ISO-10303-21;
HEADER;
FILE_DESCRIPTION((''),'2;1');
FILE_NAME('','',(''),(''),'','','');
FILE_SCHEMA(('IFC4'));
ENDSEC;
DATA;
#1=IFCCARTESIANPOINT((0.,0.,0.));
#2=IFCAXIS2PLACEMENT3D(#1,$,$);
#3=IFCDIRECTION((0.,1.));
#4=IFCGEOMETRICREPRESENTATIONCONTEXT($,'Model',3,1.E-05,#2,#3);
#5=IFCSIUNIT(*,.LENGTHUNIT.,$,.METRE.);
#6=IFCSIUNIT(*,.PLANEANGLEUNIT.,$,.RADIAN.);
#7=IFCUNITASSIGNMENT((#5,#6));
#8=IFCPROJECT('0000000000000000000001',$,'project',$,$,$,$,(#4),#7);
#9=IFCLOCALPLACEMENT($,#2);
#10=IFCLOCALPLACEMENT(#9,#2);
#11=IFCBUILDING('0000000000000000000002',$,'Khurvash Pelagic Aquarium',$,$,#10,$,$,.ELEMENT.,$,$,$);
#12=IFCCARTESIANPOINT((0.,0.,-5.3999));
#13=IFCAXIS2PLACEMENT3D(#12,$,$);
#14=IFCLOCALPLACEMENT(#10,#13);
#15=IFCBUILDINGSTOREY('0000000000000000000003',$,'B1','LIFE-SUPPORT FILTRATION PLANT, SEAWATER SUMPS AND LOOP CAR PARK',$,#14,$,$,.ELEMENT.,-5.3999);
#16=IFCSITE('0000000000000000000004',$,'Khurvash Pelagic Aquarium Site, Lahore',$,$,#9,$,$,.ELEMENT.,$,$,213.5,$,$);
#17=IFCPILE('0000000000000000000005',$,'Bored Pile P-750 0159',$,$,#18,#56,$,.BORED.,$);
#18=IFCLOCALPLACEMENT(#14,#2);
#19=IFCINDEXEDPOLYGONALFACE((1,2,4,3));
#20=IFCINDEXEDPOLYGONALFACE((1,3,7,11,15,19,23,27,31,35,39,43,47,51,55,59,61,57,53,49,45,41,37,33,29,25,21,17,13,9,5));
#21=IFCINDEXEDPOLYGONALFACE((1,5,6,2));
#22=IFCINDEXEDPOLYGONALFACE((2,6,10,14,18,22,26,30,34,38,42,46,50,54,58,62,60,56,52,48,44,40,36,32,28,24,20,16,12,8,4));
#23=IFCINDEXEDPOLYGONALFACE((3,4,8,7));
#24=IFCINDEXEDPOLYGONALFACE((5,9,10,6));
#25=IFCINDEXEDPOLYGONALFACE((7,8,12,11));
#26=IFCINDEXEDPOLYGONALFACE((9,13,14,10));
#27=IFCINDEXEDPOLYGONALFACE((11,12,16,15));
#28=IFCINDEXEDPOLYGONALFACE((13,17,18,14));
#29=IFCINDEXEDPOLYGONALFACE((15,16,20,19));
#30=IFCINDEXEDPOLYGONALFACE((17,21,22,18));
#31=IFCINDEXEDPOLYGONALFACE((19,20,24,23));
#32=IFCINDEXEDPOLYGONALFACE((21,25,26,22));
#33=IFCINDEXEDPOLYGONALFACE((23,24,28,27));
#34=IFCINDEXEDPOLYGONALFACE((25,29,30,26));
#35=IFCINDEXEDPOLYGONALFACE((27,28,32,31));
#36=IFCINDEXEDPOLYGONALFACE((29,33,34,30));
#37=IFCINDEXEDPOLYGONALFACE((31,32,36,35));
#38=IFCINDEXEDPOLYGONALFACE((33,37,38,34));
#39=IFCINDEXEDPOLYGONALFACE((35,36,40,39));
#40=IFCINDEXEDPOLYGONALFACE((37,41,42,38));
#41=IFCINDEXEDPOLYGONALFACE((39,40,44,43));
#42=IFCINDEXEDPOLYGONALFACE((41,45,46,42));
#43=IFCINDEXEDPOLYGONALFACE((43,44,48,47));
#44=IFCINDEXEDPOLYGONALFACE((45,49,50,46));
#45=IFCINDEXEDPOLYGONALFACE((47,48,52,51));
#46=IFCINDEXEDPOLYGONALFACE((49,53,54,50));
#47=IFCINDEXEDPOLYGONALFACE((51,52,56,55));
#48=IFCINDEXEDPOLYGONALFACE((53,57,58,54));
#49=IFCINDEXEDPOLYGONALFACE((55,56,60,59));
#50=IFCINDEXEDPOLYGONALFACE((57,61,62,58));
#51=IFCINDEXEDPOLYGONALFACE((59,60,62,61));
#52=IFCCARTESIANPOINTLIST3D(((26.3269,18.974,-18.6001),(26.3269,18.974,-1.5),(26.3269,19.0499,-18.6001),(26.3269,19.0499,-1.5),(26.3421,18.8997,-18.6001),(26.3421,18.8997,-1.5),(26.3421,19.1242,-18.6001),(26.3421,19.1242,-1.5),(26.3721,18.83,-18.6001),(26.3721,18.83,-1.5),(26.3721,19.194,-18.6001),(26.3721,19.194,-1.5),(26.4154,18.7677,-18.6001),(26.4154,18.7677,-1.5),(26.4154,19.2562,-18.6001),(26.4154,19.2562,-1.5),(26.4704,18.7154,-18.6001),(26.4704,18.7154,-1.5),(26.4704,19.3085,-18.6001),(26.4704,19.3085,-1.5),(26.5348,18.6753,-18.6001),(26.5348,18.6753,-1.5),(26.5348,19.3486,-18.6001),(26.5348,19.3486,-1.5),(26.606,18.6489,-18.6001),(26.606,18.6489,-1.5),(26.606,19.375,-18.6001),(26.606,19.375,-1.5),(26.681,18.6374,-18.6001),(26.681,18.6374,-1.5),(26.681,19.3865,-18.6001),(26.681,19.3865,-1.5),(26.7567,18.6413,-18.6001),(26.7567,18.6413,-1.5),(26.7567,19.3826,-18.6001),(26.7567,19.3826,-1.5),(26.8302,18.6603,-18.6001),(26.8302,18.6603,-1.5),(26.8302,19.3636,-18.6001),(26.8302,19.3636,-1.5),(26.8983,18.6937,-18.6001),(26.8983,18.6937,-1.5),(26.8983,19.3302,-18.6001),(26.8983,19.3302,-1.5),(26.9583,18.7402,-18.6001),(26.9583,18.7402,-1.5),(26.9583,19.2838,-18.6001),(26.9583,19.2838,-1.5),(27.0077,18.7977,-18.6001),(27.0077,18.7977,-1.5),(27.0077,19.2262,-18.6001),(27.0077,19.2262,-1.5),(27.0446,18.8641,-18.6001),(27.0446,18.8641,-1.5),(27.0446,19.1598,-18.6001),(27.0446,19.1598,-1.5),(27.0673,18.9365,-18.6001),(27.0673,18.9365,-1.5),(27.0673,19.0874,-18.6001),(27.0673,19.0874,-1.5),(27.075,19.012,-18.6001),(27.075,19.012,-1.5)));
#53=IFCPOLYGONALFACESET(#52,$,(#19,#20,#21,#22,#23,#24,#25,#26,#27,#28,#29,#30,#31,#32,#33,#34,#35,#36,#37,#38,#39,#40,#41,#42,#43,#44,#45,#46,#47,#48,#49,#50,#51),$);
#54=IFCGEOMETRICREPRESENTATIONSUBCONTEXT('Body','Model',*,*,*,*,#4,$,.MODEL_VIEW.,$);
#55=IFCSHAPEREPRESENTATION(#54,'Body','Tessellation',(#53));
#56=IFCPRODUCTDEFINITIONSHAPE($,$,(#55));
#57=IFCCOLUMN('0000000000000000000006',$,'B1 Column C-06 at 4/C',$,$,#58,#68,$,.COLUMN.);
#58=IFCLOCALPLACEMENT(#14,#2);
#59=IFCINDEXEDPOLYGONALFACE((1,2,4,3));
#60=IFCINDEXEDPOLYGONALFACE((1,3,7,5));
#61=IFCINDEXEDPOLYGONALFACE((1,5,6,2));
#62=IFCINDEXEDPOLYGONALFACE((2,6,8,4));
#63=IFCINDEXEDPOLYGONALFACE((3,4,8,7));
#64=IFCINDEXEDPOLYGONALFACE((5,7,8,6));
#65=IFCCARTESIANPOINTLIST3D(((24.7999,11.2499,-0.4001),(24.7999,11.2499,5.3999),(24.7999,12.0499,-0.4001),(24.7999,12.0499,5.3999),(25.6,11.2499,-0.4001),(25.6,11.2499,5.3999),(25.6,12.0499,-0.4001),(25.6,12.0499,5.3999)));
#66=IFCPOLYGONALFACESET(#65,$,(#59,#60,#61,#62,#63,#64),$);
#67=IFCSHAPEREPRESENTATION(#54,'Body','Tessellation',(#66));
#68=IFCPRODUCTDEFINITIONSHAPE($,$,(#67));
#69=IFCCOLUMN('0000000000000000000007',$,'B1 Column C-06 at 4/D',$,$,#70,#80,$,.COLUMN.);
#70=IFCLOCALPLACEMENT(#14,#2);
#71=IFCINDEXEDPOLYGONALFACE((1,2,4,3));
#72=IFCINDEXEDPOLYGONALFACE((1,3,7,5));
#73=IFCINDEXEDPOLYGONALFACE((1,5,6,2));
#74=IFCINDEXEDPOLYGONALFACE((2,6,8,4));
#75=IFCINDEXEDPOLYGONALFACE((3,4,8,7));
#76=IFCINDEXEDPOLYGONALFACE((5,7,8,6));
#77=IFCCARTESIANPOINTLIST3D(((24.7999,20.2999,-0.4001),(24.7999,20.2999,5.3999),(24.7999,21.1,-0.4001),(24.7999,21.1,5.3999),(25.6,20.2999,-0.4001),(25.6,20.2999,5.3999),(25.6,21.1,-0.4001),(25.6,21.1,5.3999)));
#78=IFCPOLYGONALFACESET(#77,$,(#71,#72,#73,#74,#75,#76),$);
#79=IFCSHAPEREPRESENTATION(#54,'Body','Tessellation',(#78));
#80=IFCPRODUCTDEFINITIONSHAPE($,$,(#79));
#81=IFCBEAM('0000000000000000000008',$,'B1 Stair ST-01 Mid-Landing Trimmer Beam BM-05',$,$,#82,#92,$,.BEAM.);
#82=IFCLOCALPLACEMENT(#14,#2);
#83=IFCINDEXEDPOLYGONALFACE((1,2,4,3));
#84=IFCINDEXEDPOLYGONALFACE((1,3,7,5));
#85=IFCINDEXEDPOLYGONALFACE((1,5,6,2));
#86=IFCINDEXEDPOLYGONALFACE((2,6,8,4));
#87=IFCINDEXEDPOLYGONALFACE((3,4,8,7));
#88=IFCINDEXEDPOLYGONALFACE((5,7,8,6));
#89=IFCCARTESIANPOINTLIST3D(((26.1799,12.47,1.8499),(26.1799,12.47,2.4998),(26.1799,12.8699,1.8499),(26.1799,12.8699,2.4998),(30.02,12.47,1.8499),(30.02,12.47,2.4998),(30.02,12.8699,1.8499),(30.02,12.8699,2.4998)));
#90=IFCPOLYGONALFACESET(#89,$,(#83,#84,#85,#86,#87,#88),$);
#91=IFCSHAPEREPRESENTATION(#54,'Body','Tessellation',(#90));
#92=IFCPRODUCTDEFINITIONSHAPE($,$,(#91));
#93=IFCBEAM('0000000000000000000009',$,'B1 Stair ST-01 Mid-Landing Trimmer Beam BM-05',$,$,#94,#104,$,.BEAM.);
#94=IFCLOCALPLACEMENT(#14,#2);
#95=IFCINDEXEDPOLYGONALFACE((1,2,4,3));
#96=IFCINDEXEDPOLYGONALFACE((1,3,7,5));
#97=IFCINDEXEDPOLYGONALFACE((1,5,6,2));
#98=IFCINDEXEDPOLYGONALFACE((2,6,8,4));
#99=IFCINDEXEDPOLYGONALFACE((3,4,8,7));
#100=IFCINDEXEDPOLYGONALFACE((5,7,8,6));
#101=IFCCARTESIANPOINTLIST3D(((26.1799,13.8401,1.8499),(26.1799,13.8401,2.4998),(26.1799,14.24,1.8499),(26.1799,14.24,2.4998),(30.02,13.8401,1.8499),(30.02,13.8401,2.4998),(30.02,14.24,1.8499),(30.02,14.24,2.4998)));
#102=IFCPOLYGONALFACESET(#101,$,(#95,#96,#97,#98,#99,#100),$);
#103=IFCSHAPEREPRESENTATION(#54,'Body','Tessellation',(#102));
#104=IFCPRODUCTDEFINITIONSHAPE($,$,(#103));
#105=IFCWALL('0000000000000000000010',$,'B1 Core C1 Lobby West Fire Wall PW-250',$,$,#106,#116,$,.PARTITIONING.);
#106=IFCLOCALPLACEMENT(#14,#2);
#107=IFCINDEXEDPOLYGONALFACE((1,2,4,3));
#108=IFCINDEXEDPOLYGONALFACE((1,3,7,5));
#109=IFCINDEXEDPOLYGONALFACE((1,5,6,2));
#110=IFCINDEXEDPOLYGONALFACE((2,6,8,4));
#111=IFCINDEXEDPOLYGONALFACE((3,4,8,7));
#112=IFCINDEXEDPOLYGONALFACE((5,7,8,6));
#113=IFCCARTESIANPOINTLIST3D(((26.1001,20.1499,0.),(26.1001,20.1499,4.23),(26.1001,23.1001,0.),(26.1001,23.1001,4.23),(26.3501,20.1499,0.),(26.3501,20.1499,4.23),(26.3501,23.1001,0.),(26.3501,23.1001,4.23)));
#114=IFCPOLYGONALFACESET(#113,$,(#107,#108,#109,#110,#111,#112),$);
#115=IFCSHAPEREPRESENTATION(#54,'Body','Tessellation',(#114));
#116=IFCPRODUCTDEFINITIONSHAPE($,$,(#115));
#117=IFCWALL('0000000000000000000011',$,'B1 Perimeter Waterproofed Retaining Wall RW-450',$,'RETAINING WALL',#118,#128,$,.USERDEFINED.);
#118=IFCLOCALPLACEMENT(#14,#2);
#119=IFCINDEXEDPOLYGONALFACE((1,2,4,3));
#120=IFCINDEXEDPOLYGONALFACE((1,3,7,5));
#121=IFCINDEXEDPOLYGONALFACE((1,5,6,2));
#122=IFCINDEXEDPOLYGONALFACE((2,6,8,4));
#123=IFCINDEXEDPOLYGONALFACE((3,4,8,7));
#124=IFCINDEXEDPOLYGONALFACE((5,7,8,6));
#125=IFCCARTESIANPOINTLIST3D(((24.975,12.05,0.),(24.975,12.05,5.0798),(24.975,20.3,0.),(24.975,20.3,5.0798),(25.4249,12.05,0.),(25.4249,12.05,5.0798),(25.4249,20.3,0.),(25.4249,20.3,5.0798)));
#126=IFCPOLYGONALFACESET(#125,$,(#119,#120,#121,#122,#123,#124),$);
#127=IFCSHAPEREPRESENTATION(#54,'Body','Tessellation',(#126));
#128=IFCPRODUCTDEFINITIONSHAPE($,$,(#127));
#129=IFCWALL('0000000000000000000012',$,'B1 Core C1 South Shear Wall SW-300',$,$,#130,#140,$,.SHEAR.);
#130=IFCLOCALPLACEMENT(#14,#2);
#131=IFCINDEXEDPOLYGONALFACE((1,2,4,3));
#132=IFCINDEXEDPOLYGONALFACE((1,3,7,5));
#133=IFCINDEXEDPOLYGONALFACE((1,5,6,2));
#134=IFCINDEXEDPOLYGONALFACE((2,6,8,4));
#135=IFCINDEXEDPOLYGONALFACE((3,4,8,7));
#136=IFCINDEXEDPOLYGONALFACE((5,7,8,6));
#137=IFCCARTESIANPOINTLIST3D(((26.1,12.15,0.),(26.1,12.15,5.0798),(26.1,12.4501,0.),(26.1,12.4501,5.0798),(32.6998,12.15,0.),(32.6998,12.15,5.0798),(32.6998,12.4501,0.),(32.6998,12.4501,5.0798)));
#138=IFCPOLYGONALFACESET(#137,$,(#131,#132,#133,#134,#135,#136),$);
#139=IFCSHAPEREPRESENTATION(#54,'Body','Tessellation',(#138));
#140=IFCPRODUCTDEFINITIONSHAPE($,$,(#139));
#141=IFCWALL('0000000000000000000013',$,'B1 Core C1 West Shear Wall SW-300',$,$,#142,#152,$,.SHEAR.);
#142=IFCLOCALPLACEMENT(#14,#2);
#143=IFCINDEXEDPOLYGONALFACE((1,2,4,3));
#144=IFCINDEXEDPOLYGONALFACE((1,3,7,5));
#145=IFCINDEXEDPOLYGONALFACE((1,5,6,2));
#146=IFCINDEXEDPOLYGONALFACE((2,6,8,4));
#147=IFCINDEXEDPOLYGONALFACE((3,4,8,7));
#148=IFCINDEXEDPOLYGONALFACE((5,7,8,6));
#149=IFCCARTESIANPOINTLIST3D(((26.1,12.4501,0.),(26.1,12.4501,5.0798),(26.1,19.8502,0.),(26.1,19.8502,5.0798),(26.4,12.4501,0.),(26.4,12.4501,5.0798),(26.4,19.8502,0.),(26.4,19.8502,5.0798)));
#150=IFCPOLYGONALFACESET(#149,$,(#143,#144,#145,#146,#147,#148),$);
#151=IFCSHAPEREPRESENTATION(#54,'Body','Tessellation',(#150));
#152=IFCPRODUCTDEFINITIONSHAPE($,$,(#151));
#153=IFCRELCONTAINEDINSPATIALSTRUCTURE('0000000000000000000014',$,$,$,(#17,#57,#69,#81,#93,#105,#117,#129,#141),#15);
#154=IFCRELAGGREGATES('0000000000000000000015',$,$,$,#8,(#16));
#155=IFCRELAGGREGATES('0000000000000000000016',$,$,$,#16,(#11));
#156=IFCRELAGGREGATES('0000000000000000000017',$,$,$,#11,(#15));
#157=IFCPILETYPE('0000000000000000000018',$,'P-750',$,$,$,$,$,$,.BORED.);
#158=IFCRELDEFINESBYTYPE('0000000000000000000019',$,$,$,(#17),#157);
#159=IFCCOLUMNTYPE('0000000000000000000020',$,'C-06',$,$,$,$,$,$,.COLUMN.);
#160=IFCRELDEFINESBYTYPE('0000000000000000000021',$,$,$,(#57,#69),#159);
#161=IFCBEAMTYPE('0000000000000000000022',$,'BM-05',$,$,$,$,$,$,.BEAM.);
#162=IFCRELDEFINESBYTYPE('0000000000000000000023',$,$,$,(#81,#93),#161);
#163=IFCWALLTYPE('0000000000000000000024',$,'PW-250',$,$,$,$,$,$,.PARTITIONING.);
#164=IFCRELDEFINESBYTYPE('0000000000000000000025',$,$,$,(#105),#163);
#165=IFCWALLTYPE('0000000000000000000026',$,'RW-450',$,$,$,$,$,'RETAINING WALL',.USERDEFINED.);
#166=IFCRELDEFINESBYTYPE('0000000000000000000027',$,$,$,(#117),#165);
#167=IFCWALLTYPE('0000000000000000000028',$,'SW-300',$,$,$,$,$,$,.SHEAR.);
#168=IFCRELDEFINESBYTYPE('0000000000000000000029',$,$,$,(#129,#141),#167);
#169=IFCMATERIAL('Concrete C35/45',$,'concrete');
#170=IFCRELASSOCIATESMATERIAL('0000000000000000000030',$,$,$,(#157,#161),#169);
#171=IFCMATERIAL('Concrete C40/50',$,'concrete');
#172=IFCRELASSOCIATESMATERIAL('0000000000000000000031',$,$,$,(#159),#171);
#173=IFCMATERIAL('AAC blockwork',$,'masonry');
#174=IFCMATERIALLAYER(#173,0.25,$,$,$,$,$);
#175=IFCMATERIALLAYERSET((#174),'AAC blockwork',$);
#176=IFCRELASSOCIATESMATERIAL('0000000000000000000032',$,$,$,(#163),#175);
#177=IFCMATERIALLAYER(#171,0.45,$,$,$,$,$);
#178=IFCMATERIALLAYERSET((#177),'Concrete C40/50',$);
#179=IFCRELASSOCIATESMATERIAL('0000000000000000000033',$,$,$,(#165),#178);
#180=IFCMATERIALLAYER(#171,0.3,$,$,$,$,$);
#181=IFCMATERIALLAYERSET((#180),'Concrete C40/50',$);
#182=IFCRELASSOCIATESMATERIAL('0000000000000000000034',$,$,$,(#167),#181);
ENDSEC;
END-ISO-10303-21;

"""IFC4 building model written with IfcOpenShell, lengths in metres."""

from ifc_helpers import new_model, si_unit, direction, frame, frame_2d, origin, origin_2d, place, context, subcontext, project, spatial, rectangle, circle, extrude, material, layer, layer_set, material_profile, profile_set, type_object, element, save


model = new_model("IFC4")

# Units and contexts
model_context = context("Model", 3, precision=1e-05, world=origin(), true_north=direction((0.0, 1.0)))
body_context = subcontext(model_context, "Body", "Model", "MODEL_VIEW")
ifc_project = project(units=[si_unit("LENGTHUNIT", "METRE"), si_unit("PLANEANGLEUNIT", "RADIAN")], contexts=[model_context])

# Site, building, storey
site_placement = place(None, origin())
site = spatial("IfcSite", under=ifc_project, at=site_placement, Name="Khurvash Pelagic Aquarium Site, Lahore", CompositionType="ELEMENT", RefElevation=213.5)
building_placement = place(site_placement, origin())
building = spatial("IfcBuilding", under=site, at=building_placement, Name="Khurvash Pelagic Aquarium", CompositionType="ELEMENT")
storey_placement = place(building_placement, frame((0.0, 0.0, -5.3999)))
storey = spatial("IfcBuildingStorey", under=building, at=storey_placement, Name="B1", Description="LIFE-SUPPORT FILTRATION PLANT, SEAWATER SUMPS AND LOOP CAR PARK", CompositionType="ELEMENT", Elevation=-5.3999)

# Pile
ifc_material_1 = material(Name="Concrete C35/45", Category="concrete")
ifc_material_profile_1 = material_profile(ifc_material_1, circle(Radius=0.375, at=origin_2d()), Name="PILE750")
ifc_profile_set_1 = profile_set([ifc_material_profile_1], Name="Concrete C35/45")
pile_type = type_object("IfcPileType", Name="P-750", PredefinedType="BORED", material=ifc_profile_set_1)
for number, where, z_axis, x_axis, name in (
    (1, (26.7, 19.012, -1.5), (0.0, 0.0, -1.0), (1.0, 0.0, 0.0), "Bored Pile P-750 0159"),
):
    element("IfcPile", number, at=place(storey_placement, frame(where, z_axis=z_axis, x_axis=x_axis)), inside=storey, type_object=pile_type, Name=name, PredefinedType="BORED", context=body_context, shape_type="SweptSolid", body=[
        extrude(circle(Radius=0.375, at=origin_2d()), origin(), (0.0, 0.0, 1.0), 17.1001),
    ])

# Columns
ifc_material_2 = material(Name="Concrete C40/50", Category="concrete")
ifc_material_profile_2 = material_profile(ifc_material_2, rectangle(XDim=0.8, YDim=0.8, at=origin_2d()), Name="RC800X800")
ifc_profile_set_2 = profile_set([ifc_material_profile_2], Name="Concrete C40/50")
column_type = type_object("IfcColumnType", Name="C-06", PredefinedType="COLUMN", material=ifc_profile_set_2)
for number, where, z_axis, x_axis, name in (
    (2, (25.2, 11.6499, -0.4001), (0.0, 0.0, 1.0), (1.0, 0.0, 0.0), "B1 Column C-06 at 4/C"),
    (3, (25.2, 20.7, -0.4001), (0.0, 0.0, 1.0), (1.0, 0.0, 0.0), "B1 Column C-06 at 4/D"),
):
    element("IfcColumn", number, at=place(storey_placement, frame(where, z_axis=z_axis, x_axis=x_axis)), inside=storey, type_object=column_type, Name=name, PredefinedType="COLUMN", context=body_context, shape_type="SweptSolid", body=[
        extrude(rectangle(XDim=0.8, YDim=0.8, at=origin_2d()), origin(), (0.0, 0.0, 1.0), 5.8),
    ])

# Beams
ifc_material_profile_3 = material_profile(ifc_material_1, rectangle(XDim=0.3999, YDim=0.6499, at=origin_2d()), Name="RC400X650")
ifc_profile_set_3 = profile_set([ifc_material_profile_3], Name="Concrete C35/45")
beam_type = type_object("IfcBeamType", Name="BM-05", PredefinedType="BEAM", material=ifc_profile_set_3)
for number, where, z_axis, x_axis, name in (
    (4, (26.1799, 12.6699, 2.1748), (1.0, 0.0, 0.0), (0.0, 1.0, 0.0), "B1 Stair ST-01 Mid-Landing Trimmer Beam BM-05"),
    (5, (26.1799, 14.04, 2.1748), (1.0, 0.0, 0.0), (0.0, 1.0, 0.0), "B1 Stair ST-01 Mid-Landing Trimmer Beam BM-05"),
):
    element("IfcBeam", number, at=place(storey_placement, frame(where, z_axis=z_axis, x_axis=x_axis)), inside=storey, type_object=beam_type, Name=name, PredefinedType="BEAM", context=body_context, shape_type="SweptSolid", body=[
        extrude(rectangle(XDim=0.3999, YDim=0.6499, at=origin_2d()), origin(), (0.0, 0.0, 1.0), 3.8401),
    ])

# Walls
ifc_material_3 = material(Name="AAC blockwork", Category="masonry")
ifc_layer_1 = layer(ifc_material_3, 0.25)
ifc_layer_set_1 = layer_set([ifc_layer_1], Name="AAC blockwork")
wall_type_1 = type_object("IfcWallType", Name="PW-250", PredefinedType="PARTITIONING", material=ifc_layer_set_1)
wall_1_placement = place(storey_placement, frame((26.2251, 20.1499, 0.0), z_axis=(0.0, 0.0, 1.0), x_axis=(0.0, 1.0, 0.0)))
element("IfcWall", 6, at=wall_1_placement, inside=storey, type_object=wall_type_1, Name="B1 Core C1 Lobby West Fire Wall PW-250", PredefinedType="PARTITIONING", context=body_context, shape_type="SweptSolid", body=[
    extrude(rectangle(XDim=2.9502, YDim=0.25, at=frame_2d((1.4751, 0.0))), origin(), (0.0, 0.0, 1.0), 4.23),
])
ifc_layer_2 = layer(ifc_material_2, 0.45)
ifc_layer_set_2 = layer_set([ifc_layer_2], Name="Concrete C40/50")
wall_type_2 = type_object("IfcWallType", Name="RW-450", ElementType="RETAINING WALL", PredefinedType="USERDEFINED", material=ifc_layer_set_2)
wall_2_placement = place(storey_placement, frame((25.2, 12.05, 0.0), z_axis=(0.0, 0.0, 1.0), x_axis=(0.0, 1.0, 0.0)))
element("IfcWall", 7, at=wall_2_placement, inside=storey, type_object=wall_type_2, Name="B1 Perimeter Waterproofed Retaining Wall RW-450", ObjectType="RETAINING WALL", PredefinedType="USERDEFINED", context=body_context, shape_type="SweptSolid", body=[
    extrude(rectangle(XDim=8.25, YDim=0.45, at=frame_2d((4.125, 0.0))), origin(), (0.0, 0.0, 1.0), 5.0798),
])
ifc_layer_3 = layer(ifc_material_2, 0.3)
ifc_layer_set_3 = layer_set([ifc_layer_3], Name="Concrete C40/50")
wall_type_3 = type_object("IfcWallType", Name="SW-300", PredefinedType="SHEAR", material=ifc_layer_set_3)
wall_3_placement = place(storey_placement, frame((26.1001, 12.3, 0.0), z_axis=(0.0, 0.0, 1.0), x_axis=(1.0, 0.0, 0.0)))
element("IfcWall", 8, at=wall_3_placement, inside=storey, type_object=wall_type_3, Name="B1 Core C1 South Shear Wall SW-300", PredefinedType="SHEAR", context=body_context, shape_type="SweptSolid", body=[
    extrude(rectangle(XDim=6.5999, YDim=0.3, at=frame_2d((3.2998, 0.0))), origin(), (0.0, 0.0, 1.0), 5.0798),
])

# Wall
wall_4_placement = place(storey_placement, frame((26.25, 12.45, 0.0), z_axis=(0.0, 0.0, 1.0), x_axis=(0.0, 1.0, 0.0)))
element("IfcWall", 9, at=wall_4_placement, inside=storey, type_object=wall_type_3, Name="B1 Core C1 West Shear Wall SW-300", PredefinedType="SHEAR", context=body_context, shape_type="SweptSolid", body=[
    extrude(rectangle(XDim=7.4001, YDim=0.3, at=frame_2d((3.7002, 0.0))), origin(), (0.0, 0.0, 1.0), 5.0798),
])

save(model, "model.ifc")
